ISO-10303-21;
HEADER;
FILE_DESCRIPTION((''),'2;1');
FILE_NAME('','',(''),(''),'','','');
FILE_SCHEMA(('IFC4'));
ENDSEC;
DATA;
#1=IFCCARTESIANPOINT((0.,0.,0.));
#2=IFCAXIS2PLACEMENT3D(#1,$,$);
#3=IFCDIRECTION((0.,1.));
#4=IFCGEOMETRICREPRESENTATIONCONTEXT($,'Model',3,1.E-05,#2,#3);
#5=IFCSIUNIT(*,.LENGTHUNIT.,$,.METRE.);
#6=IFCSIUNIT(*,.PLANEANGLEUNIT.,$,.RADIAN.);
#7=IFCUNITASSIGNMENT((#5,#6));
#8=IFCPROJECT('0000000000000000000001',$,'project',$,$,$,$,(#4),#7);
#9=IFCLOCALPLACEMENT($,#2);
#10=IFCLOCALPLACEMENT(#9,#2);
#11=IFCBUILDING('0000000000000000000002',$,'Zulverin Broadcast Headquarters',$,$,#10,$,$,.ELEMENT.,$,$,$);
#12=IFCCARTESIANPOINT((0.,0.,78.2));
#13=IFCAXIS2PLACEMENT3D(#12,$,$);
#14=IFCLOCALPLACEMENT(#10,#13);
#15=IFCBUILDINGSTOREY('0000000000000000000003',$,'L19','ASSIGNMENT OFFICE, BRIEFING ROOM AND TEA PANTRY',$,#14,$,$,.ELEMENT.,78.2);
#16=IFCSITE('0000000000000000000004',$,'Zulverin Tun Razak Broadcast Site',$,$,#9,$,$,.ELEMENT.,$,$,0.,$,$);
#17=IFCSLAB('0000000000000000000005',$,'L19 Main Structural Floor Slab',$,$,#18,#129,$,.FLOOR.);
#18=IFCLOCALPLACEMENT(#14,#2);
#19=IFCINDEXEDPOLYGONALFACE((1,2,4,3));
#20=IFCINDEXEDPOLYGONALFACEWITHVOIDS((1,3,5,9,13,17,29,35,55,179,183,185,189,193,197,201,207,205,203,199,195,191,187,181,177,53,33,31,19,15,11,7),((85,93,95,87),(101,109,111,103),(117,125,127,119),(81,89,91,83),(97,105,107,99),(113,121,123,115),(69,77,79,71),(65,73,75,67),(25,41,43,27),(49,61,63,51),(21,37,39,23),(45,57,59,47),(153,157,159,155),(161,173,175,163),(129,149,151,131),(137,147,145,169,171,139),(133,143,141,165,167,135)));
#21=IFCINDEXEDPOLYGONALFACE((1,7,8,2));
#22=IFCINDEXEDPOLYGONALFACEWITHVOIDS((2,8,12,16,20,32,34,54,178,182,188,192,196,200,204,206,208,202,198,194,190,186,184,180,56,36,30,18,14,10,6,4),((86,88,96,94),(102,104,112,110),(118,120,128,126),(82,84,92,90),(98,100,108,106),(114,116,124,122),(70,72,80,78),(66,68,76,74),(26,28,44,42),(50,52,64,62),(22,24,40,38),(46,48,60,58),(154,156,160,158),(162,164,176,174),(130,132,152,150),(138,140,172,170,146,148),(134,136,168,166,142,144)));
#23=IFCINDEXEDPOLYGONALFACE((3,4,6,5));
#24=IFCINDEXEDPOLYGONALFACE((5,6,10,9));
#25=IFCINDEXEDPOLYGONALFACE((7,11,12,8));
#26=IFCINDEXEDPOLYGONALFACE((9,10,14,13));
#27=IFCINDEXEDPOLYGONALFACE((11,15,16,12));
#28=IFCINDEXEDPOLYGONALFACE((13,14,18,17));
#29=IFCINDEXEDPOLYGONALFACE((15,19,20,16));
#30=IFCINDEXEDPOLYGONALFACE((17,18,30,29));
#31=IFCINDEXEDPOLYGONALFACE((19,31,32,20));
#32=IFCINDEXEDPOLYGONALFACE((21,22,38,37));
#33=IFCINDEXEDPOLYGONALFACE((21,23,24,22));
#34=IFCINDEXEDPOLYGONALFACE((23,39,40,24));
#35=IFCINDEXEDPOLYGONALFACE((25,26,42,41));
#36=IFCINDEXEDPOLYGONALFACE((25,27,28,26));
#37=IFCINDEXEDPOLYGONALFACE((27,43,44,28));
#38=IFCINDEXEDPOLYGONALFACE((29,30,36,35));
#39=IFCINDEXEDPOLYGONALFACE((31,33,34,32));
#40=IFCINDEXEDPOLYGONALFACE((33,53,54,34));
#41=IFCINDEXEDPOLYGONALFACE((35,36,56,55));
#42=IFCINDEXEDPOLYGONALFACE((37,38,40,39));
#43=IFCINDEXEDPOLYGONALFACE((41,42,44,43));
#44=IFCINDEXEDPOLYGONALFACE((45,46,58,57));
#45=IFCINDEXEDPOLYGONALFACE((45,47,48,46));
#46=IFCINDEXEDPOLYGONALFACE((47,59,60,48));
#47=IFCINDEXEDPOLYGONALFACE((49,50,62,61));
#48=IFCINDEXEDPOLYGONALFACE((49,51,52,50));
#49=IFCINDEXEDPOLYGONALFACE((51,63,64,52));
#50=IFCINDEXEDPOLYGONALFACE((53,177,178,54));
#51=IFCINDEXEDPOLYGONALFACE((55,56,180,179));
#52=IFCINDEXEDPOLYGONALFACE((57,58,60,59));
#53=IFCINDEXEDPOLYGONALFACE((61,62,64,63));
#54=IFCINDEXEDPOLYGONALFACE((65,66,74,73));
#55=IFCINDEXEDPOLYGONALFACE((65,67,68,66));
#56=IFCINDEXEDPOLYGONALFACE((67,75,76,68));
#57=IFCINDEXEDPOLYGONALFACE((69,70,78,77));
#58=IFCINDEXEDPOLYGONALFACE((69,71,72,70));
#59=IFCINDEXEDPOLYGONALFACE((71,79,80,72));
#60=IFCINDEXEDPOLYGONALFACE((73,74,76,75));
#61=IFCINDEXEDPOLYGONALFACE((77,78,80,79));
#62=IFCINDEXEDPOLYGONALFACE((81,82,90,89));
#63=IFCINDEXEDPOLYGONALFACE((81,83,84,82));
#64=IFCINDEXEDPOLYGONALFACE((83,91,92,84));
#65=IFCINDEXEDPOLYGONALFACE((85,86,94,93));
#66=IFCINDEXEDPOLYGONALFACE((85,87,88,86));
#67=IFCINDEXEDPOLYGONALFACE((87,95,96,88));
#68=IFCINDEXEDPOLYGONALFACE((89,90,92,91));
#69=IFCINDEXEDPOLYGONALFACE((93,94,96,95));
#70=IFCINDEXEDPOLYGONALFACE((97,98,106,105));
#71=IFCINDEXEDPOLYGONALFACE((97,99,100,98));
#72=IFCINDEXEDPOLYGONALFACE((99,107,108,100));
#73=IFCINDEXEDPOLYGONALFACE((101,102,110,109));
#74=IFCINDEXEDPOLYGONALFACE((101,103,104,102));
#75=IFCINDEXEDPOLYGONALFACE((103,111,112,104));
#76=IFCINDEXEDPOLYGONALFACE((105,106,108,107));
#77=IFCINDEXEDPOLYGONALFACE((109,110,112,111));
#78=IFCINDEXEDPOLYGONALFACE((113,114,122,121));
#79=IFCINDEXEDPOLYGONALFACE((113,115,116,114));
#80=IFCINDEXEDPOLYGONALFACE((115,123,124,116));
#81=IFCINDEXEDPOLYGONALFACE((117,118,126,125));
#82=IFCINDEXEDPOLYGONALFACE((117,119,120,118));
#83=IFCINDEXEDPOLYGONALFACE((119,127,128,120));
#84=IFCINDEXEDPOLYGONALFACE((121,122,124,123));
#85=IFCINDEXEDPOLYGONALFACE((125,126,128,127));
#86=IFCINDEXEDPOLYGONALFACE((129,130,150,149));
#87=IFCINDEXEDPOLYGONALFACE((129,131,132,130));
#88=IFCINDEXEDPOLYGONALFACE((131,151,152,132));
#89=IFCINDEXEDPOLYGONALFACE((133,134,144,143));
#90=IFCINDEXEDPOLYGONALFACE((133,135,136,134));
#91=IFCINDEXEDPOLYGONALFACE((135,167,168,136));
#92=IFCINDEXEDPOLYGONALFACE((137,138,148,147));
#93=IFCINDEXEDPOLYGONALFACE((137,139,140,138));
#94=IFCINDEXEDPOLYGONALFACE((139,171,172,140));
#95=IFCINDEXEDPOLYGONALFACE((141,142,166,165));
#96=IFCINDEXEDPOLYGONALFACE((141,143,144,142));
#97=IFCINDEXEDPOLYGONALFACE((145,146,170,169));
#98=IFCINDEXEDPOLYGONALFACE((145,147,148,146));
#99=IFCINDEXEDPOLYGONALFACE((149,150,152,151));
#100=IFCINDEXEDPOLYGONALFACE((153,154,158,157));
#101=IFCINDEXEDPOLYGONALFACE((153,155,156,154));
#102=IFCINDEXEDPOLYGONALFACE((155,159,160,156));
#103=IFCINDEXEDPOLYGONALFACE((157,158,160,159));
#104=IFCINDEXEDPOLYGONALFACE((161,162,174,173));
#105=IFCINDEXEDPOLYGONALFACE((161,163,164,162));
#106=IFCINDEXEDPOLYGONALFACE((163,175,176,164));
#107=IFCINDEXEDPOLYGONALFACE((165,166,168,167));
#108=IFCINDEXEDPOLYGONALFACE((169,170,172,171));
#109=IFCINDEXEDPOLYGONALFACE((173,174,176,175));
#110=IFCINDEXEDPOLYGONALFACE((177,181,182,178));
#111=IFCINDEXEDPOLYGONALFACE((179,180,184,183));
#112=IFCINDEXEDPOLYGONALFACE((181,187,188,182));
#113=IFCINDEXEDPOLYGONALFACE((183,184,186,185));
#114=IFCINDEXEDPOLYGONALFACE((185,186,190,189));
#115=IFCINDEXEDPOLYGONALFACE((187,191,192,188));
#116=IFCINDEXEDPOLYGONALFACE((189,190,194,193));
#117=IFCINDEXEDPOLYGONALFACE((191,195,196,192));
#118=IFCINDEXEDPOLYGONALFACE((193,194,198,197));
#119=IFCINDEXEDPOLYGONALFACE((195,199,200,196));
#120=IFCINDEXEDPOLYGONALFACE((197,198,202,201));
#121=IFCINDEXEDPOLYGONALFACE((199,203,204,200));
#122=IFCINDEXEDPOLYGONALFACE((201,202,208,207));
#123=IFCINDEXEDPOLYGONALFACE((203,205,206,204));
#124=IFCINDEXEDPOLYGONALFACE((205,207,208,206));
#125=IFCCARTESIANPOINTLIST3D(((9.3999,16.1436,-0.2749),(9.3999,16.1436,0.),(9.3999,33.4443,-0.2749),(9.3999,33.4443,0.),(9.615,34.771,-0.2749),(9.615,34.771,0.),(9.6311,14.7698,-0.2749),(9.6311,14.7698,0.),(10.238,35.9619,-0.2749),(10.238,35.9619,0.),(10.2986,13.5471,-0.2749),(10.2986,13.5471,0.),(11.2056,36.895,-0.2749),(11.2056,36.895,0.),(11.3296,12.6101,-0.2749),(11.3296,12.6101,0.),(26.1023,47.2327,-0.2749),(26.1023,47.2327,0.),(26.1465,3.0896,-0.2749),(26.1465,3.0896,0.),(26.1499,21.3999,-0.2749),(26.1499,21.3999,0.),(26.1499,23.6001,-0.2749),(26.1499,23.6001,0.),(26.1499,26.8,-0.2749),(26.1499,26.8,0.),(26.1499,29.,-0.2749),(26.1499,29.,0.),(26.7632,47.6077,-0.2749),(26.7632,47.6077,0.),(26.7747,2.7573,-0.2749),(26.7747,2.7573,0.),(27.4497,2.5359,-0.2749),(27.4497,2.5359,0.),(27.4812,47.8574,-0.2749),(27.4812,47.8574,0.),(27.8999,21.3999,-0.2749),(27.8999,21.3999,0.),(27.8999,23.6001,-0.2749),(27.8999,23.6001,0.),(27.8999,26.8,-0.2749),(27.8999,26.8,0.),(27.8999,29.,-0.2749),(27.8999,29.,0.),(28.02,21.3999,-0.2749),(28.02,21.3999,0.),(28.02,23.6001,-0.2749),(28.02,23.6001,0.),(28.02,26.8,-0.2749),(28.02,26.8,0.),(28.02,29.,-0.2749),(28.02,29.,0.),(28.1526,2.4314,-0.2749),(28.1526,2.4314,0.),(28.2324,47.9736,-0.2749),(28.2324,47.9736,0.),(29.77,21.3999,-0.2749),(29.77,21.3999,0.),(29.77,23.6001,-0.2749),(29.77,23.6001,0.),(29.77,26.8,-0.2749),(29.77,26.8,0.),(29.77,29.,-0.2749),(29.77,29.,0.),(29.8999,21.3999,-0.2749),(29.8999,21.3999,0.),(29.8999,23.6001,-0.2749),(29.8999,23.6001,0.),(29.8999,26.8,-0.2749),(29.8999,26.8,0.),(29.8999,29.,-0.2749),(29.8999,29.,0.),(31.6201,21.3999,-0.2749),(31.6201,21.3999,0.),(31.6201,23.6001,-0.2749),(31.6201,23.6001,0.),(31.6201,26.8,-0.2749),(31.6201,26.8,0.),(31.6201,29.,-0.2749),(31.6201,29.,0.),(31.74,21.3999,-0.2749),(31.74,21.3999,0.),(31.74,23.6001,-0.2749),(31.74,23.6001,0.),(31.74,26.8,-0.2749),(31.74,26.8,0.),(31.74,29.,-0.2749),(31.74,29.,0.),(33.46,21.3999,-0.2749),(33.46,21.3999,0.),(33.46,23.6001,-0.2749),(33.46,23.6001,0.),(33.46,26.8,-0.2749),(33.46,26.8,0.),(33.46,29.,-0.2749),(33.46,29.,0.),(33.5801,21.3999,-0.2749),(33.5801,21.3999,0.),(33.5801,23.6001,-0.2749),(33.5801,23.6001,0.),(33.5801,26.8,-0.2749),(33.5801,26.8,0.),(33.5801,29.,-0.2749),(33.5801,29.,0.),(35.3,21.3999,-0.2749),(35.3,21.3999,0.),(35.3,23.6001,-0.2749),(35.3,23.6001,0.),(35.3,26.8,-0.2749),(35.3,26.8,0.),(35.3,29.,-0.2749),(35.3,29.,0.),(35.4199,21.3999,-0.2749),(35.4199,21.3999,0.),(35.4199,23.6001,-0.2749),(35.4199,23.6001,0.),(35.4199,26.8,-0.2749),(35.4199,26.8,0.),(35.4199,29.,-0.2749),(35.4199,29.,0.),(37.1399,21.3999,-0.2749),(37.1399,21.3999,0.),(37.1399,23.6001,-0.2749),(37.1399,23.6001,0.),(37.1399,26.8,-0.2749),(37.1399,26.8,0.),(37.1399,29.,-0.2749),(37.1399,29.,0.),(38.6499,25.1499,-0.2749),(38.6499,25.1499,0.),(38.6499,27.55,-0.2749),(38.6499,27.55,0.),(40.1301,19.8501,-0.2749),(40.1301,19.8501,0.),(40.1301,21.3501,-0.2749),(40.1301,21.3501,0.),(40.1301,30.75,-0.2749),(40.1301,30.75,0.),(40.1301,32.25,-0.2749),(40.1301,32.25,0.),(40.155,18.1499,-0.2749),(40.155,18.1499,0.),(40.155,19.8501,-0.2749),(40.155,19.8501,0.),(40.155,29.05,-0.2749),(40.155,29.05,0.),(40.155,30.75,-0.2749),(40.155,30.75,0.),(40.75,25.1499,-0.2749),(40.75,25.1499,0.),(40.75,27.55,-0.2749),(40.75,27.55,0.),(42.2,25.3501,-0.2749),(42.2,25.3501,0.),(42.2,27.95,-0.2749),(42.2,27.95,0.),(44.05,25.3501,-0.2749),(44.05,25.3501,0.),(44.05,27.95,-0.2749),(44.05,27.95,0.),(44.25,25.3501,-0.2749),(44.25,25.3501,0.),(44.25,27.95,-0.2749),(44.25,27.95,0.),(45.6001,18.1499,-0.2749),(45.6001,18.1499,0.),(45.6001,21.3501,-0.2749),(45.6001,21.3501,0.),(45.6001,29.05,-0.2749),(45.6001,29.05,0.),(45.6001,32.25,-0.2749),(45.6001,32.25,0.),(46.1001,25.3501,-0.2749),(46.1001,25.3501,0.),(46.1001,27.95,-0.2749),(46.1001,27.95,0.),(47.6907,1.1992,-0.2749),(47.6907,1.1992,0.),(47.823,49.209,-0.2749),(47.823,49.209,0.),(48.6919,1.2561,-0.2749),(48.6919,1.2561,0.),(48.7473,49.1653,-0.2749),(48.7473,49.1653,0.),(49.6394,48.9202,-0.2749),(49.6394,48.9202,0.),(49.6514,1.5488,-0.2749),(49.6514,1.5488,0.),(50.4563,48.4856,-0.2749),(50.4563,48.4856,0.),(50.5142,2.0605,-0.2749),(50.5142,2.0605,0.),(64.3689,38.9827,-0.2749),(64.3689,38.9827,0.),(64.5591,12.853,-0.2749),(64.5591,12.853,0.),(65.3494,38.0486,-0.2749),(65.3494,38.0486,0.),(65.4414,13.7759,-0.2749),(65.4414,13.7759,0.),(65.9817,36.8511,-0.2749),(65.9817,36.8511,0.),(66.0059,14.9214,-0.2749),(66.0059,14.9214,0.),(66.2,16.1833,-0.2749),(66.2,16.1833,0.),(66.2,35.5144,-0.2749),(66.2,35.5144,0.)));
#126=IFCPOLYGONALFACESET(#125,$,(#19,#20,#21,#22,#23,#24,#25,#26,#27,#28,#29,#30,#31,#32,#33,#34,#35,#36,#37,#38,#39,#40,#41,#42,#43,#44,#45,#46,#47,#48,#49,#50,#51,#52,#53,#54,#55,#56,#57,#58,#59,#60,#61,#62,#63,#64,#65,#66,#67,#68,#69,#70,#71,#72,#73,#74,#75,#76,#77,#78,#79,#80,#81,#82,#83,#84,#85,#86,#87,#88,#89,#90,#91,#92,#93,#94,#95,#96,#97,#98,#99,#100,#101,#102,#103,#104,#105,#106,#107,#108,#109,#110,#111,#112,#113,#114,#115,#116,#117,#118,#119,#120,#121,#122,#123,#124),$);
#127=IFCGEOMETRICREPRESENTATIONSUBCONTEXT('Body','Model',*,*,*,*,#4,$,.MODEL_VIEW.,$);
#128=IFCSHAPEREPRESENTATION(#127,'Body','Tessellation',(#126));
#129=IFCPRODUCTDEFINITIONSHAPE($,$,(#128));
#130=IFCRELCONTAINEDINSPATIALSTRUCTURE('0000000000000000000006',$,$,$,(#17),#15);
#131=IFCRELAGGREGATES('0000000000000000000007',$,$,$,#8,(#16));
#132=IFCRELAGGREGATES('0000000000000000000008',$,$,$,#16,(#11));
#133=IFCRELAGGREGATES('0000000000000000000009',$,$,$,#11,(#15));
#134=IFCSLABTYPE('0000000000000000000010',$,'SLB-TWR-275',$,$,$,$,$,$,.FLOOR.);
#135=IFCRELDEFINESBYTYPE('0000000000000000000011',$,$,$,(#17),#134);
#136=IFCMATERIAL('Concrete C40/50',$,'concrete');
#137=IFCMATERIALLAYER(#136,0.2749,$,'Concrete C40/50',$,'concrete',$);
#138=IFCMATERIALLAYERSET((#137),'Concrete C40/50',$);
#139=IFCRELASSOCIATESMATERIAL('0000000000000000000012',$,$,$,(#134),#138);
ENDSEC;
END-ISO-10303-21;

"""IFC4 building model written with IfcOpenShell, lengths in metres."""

from ifc_helpers import new_model, si_unit, direction, frame, origin, place, context, subcontext, project, spatial, polyline, outline, extrude, material, layer, layer_set, type_object, element, save


model = new_model("IFC4")

# Units and contexts
model_context = context("Model", 3, precision=1e-05, world=origin(), true_north=direction((0.0, 1.0)))
body_context = subcontext(model_context, "Body", "Model", "MODEL_VIEW")
ifc_project = project(units=[si_unit("LENGTHUNIT", "METRE"), si_unit("PLANEANGLEUNIT", "RADIAN")], contexts=[model_context])

# Site, building, storey
site_placement = place(None, origin())
site = spatial("IfcSite", under=ifc_project, at=site_placement, Name="Zulverin Tun Razak Broadcast Site", CompositionType="ELEMENT", RefElevation=0.0)
building_placement = place(site_placement, origin())
building = spatial("IfcBuilding", under=site, at=building_placement, Name="Zulverin Broadcast Headquarters", CompositionType="ELEMENT")
storey_placement = place(building_placement, frame((0.0, 0.0, 78.2)))
storey = spatial("IfcBuildingStorey", under=building, at=storey_placement, Name="L19", Description="ASSIGNMENT OFFICE, BRIEFING ROOM AND TEA PANTRY", CompositionType="ELEMENT", Elevation=78.2)

# Shared definitions
ifc_material_1 = material(Name="Concrete C40/50", Category="concrete")

# Slab
ifc_layer_1 = layer(ifc_material_1, 0.2749, Name="Concrete C40/50", Category="concrete")
ifc_layer_set_1 = layer_set([ifc_layer_1], Name="Concrete C40/50")
slab_type_1 = type_object("IfcSlabType", Name="SLB-TWR-275", PredefinedType="FLOOR", material=ifc_layer_set_1)
slab_1_placement = place(storey_placement, frame((0.0, 0.0, -0.2749)))
element("IfcSlab", 1, at=slab_1_placement, inside=storey, type_object=slab_type_1, Name="L19 Main Structural Floor Slab", PredefinedType="FLOOR", context=body_context, shape_type="SweptSolid", body=[
    extrude(outline(polyline([(26.1465, 3.0896), (26.7747, 2.7573), (27.4497, 2.5359), (28.1526, 2.4314), (47.6907, 1.1992), (48.6919, 1.2561), (49.6514, 1.5488), (50.5142, 2.0605), (64.5591, 12.853), (65.4414, 13.7759), (66.0059, 14.9214), (66.2, 16.1833), (66.2, 35.5144), (65.9817, 36.8511), (65.3494, 38.0486), (64.3689, 38.9827), (50.4563, 48.4856), (49.6394, 48.9202), (48.7473, 49.1653), (47.823, 49.209), (28.2324, 47.9736), (27.4812, 47.8574), (26.7632, 47.6077), (26.1023, 47.2327), (11.2056, 36.895), (10.238, 35.9619), (9.615, 34.771), (9.3999, 33.4443), (9.3999, 16.1436), (9.6311, 14.7698), (10.2986, 13.5471), (11.3296, 12.6101), (26.1465, 3.0896)]), holes=[polyline([(40.155, 30.75), (40.1301, 30.75), (40.1301, 32.25), (45.6001, 32.25), (45.6001, 29.05), (40.155, 29.05), (40.155, 30.75)]), polyline([(40.155, 19.8501), (40.1301, 19.8501), (40.1301, 21.3501), (45.6001, 21.3501), (45.6001, 18.1499), (40.155, 18.1499), (40.155, 19.8501)]), polyline([(26.1499, 26.8), (27.8999, 26.8), (27.8999, 29.0), (26.1499, 29.0), (26.1499, 26.8)]), polyline([(28.02, 26.8), (29.77, 26.8), (29.77, 29.0), (28.02, 29.0), (28.02, 26.8)]), polyline([(26.1499, 21.3999), (27.8999, 21.3999), (27.8999, 23.6001), (26.1499, 23.6001), (26.1499, 21.3999)]), polyline([(28.02, 21.3999), (29.77, 21.3999), (29.77, 23.6001), (28.02, 23.6001), (28.02, 21.3999)]), polyline([(29.8999, 21.3999), (31.6201, 21.3999), (31.6201, 23.6001), (29.8999, 23.6001), (29.8999, 21.3999)]), polyline([(31.74, 21.3999), (33.46, 21.3999), (33.46, 23.6001), (31.74, 23.6001), (31.74, 21.3999)]), polyline([(33.5801, 21.3999), (35.3, 21.3999), (35.3, 23.6001), (33.5801, 23.6001), (33.5801, 21.3999)]), polyline([(35.4199, 21.3999), (37.1399, 21.3999), (37.1399, 23.6001), (35.4199, 23.6001), (35.4199, 21.3999)]), polyline([(29.8999, 26.8), (31.6201, 26.8), (31.6201, 29.0), (29.8999, 29.0), (29.8999, 26.8)]), polyline([(31.74, 26.8), (33.46, 26.8), (33.46, 29.0), (31.74, 29.0), (31.74, 26.8)]), polyline([(33.5801, 26.8), (35.3, 26.8), (35.3, 29.0), (33.5801, 29.0), (33.5801, 26.8)]), polyline([(35.4199, 26.8), (37.1399, 26.8), (37.1399, 29.0), (35.4199, 29.0), (35.4199, 26.8)]), polyline([(42.2, 25.3501), (44.05, 25.3501), (44.05, 27.95), (42.2, 27.95), (42.2, 25.3501)]), polyline([(44.25, 25.3501), (46.1001, 25.3501), (46.1001, 27.95), (44.25, 27.95), (44.25, 25.3501)]), polyline([(38.6499, 25.1499), (40.75, 25.1499), (40.75, 27.55), (38.6499, 27.55), (38.6499, 25.1499)])]), origin(), (0.0, 0.0, 1.0), 0.2749),
])

save(model, "model.ifc")
